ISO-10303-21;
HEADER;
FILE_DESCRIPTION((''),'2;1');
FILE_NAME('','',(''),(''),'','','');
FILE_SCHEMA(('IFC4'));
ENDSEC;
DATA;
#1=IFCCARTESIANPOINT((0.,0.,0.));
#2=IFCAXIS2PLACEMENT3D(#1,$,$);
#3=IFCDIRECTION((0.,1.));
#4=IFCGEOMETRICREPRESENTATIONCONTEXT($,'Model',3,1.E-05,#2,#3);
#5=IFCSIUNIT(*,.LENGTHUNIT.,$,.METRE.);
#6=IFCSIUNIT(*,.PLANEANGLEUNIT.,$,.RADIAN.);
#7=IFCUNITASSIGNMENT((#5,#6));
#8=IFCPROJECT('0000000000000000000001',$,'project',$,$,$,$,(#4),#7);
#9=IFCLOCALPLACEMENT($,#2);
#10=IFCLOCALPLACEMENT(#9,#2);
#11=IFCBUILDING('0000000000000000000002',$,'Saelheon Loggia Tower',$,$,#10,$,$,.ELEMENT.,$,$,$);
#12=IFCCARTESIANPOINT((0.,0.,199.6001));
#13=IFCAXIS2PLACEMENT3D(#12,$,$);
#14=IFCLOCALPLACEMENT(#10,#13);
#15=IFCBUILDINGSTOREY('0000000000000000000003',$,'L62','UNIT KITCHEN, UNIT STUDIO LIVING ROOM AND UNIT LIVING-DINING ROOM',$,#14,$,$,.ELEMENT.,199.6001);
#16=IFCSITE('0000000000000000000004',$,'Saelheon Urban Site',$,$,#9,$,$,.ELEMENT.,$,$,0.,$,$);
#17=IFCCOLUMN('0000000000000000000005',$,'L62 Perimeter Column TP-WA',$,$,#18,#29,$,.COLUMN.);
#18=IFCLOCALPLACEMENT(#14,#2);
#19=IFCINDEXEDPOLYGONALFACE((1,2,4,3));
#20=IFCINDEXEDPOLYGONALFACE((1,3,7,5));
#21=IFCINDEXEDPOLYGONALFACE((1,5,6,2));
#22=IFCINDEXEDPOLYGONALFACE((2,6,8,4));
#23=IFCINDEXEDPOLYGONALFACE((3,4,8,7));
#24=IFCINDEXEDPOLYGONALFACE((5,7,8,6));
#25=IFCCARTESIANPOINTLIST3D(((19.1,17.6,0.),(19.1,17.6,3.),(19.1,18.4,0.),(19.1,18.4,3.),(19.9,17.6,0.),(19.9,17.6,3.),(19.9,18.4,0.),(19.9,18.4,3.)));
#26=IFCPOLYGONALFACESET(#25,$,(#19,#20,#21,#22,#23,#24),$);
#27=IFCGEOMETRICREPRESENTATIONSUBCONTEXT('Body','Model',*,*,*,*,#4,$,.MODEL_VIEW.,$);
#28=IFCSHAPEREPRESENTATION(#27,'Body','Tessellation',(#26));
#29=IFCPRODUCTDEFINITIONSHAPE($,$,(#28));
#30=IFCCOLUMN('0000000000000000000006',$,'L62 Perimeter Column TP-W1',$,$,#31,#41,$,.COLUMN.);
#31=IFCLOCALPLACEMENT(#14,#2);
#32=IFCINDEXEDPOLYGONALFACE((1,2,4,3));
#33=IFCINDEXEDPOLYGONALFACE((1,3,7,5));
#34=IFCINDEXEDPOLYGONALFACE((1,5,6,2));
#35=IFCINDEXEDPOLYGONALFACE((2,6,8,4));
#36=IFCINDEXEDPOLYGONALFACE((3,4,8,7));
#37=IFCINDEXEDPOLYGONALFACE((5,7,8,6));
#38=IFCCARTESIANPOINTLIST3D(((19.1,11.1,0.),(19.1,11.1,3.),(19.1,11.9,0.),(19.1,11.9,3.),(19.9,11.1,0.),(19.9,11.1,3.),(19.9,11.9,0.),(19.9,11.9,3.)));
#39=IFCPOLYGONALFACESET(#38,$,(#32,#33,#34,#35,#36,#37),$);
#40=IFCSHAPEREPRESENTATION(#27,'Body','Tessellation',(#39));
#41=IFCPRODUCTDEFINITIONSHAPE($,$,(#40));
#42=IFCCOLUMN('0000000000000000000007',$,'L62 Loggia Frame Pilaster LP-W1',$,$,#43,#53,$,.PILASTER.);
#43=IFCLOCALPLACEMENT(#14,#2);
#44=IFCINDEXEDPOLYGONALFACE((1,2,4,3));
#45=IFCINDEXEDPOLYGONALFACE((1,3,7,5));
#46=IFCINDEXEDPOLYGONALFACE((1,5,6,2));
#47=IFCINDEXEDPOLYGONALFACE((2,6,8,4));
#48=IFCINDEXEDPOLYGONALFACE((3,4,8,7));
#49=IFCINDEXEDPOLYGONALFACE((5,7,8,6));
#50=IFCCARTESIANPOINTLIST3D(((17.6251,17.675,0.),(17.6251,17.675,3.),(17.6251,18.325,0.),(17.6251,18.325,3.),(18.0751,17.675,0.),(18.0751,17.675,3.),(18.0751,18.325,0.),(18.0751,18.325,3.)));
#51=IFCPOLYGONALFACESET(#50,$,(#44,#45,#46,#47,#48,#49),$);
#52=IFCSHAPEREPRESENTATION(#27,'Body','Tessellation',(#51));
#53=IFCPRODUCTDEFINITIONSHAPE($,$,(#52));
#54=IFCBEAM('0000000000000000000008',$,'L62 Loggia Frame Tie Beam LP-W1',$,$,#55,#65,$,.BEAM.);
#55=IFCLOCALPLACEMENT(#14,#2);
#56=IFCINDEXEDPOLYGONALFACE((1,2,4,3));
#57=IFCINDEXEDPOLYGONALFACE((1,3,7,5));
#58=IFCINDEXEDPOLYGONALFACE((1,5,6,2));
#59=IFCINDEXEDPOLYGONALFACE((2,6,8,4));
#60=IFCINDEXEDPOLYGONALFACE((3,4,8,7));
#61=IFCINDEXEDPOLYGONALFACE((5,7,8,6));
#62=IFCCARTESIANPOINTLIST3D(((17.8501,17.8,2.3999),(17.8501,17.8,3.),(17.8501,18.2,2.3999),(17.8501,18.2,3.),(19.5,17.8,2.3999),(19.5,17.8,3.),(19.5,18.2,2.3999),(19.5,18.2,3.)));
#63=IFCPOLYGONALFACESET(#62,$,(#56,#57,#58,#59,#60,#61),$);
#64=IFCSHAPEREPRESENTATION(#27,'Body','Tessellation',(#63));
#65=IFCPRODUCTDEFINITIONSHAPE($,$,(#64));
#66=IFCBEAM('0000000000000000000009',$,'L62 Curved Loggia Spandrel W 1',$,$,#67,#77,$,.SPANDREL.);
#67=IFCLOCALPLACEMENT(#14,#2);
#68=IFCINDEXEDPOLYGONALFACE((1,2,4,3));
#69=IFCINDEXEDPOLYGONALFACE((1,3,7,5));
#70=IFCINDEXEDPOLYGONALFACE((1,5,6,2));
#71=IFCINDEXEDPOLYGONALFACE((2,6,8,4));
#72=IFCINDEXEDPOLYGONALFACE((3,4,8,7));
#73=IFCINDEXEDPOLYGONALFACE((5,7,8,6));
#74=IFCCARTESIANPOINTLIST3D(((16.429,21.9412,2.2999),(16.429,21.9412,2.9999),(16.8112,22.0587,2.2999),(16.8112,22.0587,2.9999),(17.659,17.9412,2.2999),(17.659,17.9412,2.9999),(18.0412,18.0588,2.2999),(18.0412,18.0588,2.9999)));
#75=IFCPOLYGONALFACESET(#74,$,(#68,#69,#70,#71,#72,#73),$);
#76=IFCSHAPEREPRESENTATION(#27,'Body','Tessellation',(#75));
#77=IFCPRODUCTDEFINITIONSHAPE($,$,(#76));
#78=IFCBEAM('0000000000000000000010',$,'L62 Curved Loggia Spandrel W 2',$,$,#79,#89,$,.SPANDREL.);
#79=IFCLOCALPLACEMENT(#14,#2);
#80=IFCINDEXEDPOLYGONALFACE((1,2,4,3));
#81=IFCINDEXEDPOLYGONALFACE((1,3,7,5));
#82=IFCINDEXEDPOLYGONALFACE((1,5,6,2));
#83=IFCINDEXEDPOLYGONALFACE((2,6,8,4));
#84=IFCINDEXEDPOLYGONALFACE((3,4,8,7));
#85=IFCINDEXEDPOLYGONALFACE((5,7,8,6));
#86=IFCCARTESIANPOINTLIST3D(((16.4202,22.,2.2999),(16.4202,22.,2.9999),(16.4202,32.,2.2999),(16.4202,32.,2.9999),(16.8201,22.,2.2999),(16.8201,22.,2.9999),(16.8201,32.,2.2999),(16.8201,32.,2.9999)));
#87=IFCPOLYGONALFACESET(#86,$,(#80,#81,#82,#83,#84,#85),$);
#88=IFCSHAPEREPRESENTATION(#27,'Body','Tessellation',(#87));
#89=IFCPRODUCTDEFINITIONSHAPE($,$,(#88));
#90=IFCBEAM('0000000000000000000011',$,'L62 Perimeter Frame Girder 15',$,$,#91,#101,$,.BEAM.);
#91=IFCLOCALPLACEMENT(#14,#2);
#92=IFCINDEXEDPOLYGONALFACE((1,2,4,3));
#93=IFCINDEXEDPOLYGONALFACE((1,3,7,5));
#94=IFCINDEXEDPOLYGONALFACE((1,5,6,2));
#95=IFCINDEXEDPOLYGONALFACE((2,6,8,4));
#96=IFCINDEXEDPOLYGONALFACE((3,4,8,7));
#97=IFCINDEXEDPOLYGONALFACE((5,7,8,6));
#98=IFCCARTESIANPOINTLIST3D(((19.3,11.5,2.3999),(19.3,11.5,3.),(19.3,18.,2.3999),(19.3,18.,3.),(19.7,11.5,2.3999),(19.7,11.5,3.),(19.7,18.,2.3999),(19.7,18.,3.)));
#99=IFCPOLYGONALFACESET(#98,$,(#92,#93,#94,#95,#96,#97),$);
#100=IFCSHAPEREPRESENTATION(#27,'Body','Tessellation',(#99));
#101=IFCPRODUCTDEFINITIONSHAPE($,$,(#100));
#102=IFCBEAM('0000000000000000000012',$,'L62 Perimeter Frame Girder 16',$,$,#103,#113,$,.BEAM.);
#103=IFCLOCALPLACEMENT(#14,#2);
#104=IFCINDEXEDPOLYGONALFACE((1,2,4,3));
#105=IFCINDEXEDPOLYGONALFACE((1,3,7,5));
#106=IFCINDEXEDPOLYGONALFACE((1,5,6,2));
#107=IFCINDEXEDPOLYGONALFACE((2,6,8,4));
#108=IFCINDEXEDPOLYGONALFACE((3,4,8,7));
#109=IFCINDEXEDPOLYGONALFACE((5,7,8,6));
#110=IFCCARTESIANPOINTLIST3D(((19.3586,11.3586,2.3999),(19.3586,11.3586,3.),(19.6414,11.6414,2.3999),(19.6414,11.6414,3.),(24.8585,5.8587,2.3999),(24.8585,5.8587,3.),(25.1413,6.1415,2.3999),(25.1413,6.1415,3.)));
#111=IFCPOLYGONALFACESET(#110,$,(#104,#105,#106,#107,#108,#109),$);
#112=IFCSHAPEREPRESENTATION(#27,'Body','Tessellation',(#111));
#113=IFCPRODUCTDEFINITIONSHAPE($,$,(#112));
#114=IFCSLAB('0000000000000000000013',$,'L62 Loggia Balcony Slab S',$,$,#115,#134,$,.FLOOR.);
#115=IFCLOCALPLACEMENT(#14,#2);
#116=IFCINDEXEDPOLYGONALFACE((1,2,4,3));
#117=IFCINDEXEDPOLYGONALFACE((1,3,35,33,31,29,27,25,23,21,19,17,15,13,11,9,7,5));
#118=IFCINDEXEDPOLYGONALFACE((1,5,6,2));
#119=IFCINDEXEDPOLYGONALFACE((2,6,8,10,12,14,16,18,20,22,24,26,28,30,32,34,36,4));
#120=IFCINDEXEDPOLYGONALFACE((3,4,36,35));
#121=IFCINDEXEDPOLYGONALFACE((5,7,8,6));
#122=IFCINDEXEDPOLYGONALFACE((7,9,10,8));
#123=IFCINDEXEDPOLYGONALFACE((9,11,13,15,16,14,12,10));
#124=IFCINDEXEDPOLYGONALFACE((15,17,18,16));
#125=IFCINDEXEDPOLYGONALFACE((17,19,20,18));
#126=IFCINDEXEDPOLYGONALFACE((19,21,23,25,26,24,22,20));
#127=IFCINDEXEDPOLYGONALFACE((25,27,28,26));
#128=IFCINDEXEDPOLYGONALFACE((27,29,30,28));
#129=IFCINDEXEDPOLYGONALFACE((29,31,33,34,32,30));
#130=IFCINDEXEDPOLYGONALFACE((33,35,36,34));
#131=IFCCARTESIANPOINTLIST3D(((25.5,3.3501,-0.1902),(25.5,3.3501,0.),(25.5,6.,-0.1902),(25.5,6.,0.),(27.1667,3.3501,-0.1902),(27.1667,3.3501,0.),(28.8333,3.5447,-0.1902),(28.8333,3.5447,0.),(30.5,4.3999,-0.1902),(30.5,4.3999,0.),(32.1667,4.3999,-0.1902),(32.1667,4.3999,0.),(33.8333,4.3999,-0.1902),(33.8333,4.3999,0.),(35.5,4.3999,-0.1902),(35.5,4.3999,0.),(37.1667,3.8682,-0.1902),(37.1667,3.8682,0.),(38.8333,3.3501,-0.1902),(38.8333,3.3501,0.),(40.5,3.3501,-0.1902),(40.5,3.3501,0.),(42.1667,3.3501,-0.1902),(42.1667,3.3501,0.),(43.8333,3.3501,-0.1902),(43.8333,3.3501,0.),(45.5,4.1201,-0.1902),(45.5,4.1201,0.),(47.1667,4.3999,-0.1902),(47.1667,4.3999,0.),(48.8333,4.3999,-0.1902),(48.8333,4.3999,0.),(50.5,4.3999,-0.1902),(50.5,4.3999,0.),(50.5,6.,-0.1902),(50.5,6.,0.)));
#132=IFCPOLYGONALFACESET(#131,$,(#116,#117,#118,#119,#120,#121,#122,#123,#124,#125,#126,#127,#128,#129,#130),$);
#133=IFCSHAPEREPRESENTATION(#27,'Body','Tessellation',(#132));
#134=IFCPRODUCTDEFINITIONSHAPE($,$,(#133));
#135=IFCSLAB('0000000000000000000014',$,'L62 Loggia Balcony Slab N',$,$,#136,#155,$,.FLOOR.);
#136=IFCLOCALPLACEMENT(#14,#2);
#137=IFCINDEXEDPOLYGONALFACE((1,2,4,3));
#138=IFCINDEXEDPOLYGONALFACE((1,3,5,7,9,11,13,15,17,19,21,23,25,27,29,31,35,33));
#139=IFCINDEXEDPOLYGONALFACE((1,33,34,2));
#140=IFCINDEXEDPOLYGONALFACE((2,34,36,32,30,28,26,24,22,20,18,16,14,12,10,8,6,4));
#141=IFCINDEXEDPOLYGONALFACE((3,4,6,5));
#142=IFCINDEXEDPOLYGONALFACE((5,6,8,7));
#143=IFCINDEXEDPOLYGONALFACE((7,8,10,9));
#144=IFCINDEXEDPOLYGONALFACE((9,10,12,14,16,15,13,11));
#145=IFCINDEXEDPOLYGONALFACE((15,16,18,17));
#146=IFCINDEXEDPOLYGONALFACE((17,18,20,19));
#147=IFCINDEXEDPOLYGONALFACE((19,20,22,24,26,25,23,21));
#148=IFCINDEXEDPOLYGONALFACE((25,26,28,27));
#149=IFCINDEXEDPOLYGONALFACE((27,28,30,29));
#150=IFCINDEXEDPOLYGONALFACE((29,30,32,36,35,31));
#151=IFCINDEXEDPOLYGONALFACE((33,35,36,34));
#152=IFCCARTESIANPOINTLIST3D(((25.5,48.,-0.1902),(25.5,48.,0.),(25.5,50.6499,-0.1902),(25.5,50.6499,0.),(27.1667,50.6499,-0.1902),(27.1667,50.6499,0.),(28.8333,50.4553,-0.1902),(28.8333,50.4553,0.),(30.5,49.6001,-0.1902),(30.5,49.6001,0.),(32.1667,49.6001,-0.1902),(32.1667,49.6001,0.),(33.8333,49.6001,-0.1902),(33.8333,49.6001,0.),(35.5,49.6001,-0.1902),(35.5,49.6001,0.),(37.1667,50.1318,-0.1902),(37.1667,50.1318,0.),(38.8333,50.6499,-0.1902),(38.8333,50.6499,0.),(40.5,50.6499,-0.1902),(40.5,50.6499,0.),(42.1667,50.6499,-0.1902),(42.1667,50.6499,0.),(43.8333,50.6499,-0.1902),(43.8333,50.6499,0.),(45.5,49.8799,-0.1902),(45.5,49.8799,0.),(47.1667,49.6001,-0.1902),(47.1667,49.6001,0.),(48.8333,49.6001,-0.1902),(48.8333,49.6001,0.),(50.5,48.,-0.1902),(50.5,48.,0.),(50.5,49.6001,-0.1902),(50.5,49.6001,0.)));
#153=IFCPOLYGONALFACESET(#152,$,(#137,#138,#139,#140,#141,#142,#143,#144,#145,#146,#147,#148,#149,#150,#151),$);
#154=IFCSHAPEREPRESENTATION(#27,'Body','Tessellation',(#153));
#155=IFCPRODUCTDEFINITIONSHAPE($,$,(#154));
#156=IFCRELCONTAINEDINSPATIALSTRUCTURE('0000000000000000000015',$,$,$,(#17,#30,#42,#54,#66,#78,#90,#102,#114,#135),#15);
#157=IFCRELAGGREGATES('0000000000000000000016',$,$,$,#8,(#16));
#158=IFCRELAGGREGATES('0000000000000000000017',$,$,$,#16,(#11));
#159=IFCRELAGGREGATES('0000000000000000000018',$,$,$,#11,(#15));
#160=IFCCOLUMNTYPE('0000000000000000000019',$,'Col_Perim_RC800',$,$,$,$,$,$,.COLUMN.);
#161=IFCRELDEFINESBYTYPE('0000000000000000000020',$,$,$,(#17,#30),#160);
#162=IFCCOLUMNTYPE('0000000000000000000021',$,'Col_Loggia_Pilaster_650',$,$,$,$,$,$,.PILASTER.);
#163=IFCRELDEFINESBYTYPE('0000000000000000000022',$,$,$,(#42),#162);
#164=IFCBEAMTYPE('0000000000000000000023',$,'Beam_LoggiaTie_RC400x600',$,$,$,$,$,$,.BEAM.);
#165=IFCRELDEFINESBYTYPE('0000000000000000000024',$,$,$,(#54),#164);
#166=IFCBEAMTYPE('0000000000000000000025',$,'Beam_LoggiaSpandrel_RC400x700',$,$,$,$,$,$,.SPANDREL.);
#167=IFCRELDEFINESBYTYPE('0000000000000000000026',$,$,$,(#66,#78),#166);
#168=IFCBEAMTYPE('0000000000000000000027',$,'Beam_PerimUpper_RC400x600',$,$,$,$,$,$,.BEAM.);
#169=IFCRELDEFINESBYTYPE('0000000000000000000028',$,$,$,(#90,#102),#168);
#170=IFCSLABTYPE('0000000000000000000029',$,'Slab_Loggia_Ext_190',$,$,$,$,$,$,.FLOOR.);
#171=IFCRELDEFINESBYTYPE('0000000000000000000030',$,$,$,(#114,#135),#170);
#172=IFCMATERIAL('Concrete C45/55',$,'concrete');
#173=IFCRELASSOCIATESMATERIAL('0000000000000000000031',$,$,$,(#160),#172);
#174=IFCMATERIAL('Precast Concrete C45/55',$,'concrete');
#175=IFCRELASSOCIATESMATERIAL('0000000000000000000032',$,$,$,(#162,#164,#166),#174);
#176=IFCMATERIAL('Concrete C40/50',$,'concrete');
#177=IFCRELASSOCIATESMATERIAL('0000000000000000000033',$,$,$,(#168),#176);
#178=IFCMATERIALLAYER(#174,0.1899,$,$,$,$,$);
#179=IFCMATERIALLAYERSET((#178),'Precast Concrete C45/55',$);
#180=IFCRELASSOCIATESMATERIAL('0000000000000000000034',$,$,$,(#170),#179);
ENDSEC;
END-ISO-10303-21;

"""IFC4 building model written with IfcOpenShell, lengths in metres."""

from ifc_helpers import new_model, si_unit, direction, frame, origin, origin_2d, place, context, subcontext, project, spatial, polyline, rectangle, outline, extrude, source, transform, mapped, material, layer, layer_set, material_profile, profile_set, type_object, element, save


model = new_model("IFC4")

# Units and contexts
model_context = context("Model", 3, precision=1e-05, world=origin(), true_north=direction((0.0, 1.0)))
body_context = subcontext(model_context, "Body", "Model", "MODEL_VIEW")
ifc_project = project(units=[si_unit("LENGTHUNIT", "METRE"), si_unit("PLANEANGLEUNIT", "RADIAN")], contexts=[model_context])

# Site, building, storey
site_placement = place(None, origin())
site = spatial("IfcSite", under=ifc_project, at=site_placement, Name="Saelheon Urban Site", CompositionType="ELEMENT", RefElevation=0.0)
building_placement = place(site_placement, origin())
building = spatial("IfcBuilding", under=site, at=building_placement, Name="Saelheon Loggia Tower", CompositionType="ELEMENT")
storey_placement = place(building_placement, frame((0.0, 0.0, 199.6001)))
storey = spatial("IfcBuildingStorey", under=building, at=storey_placement, Name="L62", Description="UNIT KITCHEN, UNIT STUDIO LIVING ROOM AND UNIT LIVING-DINING ROOM", CompositionType="ELEMENT", Elevation=199.6001)

# Columns
ifc_material_1 = material(Name="Concrete C45/55", Category="concrete")
ifc_material_profile_1 = material_profile(ifc_material_1, rectangle(XDim=0.8, YDim=0.8, at=origin_2d()), Name="RC-800x800")
ifc_profile_set_1 = profile_set([ifc_material_profile_1], Name="Concrete C45/55")
column_type_1 = type_object("IfcColumnType", Name="Col_Perim_RC800", PredefinedType="COLUMN", material=ifc_profile_set_1)
shared_shape_1 = source(origin(), body_context, "Body", "SweptSolid", [
    extrude(rectangle(XDim=0.8, YDim=0.8, at=origin_2d()), origin(), (0.0, 0.0, 1.0), 3.0),
])
for number, where, z_axis, x_axis, name in (
    (1, (19.5, 18.0, 0.0), (0.0, 0.0, 1.0), (1.0, 0.0, 0.0), "L62 Perimeter Column TP-WA"),
    (2, (19.5, 11.5, 0.0), (0.0, 0.0, 1.0), (1.0, 0.0, 0.0), "L62 Perimeter Column TP-W1"),
):
    element("IfcColumn", number, at=place(storey_placement, frame(where, z_axis=z_axis, x_axis=x_axis)), inside=storey, type_object=column_type_1, Name=name, PredefinedType="COLUMN", context=body_context, shape_type="MappedRepresentation", body=[
        mapped(shared_shape_1, transform((0.0, 0.0, 0.0), scale=1.0)),
    ])
ifc_material_2 = material(Name="Precast Concrete C45/55", Category="concrete")
ifc_material_profile_2 = material_profile(ifc_material_2, rectangle(XDim=0.45, YDim=0.6499, at=origin_2d()), Name="RC-450x650")
ifc_profile_set_2 = profile_set([ifc_material_profile_2], Name="Precast Concrete C45/55")
column_type_2 = type_object("IfcColumnType", Name="Col_Loggia_Pilaster_650", PredefinedType="PILASTER", material=ifc_profile_set_2)
shared_shape_2 = source(origin(), body_context, "Body", "SweptSolid", [
    extrude(rectangle(XDim=0.45, YDim=0.6499, at=origin_2d()), origin(), (0.0, 0.0, 1.0), 3.0),
])
column_placement = place(storey_placement, frame((17.8501, 18.0, 0.0), z_axis=(0.0, 0.0, 1.0), x_axis=(1.0, 0.0, 0.0)))
element("IfcColumn", 3, at=column_placement, inside=storey, type_object=column_type_2, Name="L62 Loggia Frame Pilaster LP-W1", PredefinedType="PILASTER", context=body_context, shape_type="MappedRepresentation", body=[
    mapped(shared_shape_2, transform((0.0, 0.0, 0.0), scale=1.0)),
])

# Beams
ifc_material_profile_3 = material_profile(ifc_material_2, rectangle(XDim=0.3999, YDim=0.6001, at=origin_2d()), Name="RC-400x600")
ifc_profile_set_3 = profile_set([ifc_material_profile_3], Name="Precast Concrete C45/55")
beam_type_1 = type_object("IfcBeamType", Name="Beam_LoggiaTie_RC400x600", PredefinedType="BEAM", material=ifc_profile_set_3)
shared_shape_3 = source(origin(), body_context, "Body", "SweptSolid", [
    extrude(rectangle(XDim=0.3999, YDim=0.6001, at=origin_2d()), origin(), (0.0, 0.0, 1.0), 1.6499),
])
beam_1_placement = place(storey_placement, frame((19.5, 18.0, 2.7), z_axis=(-1.0, 0.0, 0.0), x_axis=(0.0, -1.0, 0.0)))
element("IfcBeam", 4, at=beam_1_placement, inside=storey, type_object=beam_type_1, Name="L62 Loggia Frame Tie Beam LP-W1", PredefinedType="BEAM", context=body_context, shape_type="MappedRepresentation", body=[
    mapped(shared_shape_3, transform((0.0, 0.0, 0.0), scale=1.0)),
])
ifc_material_profile_4 = material_profile(ifc_material_2, rectangle(XDim=0.3999, YDim=0.7, at=origin_2d()), Name="RC-400x700")
ifc_profile_set_4 = profile_set([ifc_material_profile_4], Name="Precast Concrete C45/55")
beam_type_2 = type_object("IfcBeamType", Name="Beam_LoggiaSpandrel_RC400x700", PredefinedType="SPANDREL", material=ifc_profile_set_4)
shared_shape_4 = source(origin(), body_context, "Body", "SweptSolid", [
    extrude(rectangle(XDim=0.3999, YDim=0.7, at=origin_2d()), origin(), (0.0, 0.0, 1.0), 4.1848),
])
beam_2_placement = place(storey_placement, frame((17.8501, 18.0, 2.6499), z_axis=(-0.293914, 0.955832, 0.0), x_axis=(-0.955832, -0.293914, 0.0)))
element("IfcBeam", 5, at=beam_2_placement, inside=storey, type_object=beam_type_2, Name="L62 Curved Loggia Spandrel W 1", PredefinedType="SPANDREL", context=body_context, shape_type="MappedRepresentation", body=[
    mapped(shared_shape_4, transform((0.0, 0.0, 0.0), scale=1.0)),
])
shared_shape_5 = source(origin(), body_context, "Body", "SweptSolid", [
    extrude(rectangle(XDim=0.3999, YDim=0.7, at=origin_2d()), origin(), (0.0, 0.0, 1.0), 10.0),
])
beam_3_placement = place(storey_placement, frame((16.6201, 22.0, 2.6499), z_axis=(0.0, 1.0, 0.0), x_axis=(-1.0, 0.0, 0.0)))
element("IfcBeam", 6, at=beam_3_placement, inside=storey, type_object=beam_type_2, Name="L62 Curved Loggia Spandrel W 2", PredefinedType="SPANDREL", context=body_context, shape_type="MappedRepresentation", body=[
    mapped(shared_shape_5, transform((0.0, 0.0, 0.0), scale=1.0)),
])
ifc_material_3 = material(Name="Concrete C40/50", Category="concrete")
ifc_material_profile_5 = material_profile(ifc_material_3, rectangle(XDim=0.3999, YDim=0.6001, at=origin_2d()), Name="RC-400x600")
ifc_profile_set_5 = profile_set([ifc_material_profile_5], Name="Concrete C40/50")
beam_type_3 = type_object("IfcBeamType", Name="Beam_PerimUpper_RC400x600", PredefinedType="BEAM", material=ifc_profile_set_5)
shared_shape_6 = source(origin(), body_context, "Body", "SweptSolid", [
    extrude(rectangle(XDim=0.3999, YDim=0.6001, at=origin_2d()), origin(), (0.0, 0.0, 1.0), 6.5),
])
beam_4_placement = place(storey_placement, frame((19.5, 18.0, 2.7), z_axis=(0.0, -1.0, 0.0), x_axis=(1.0, 0.0, 0.0)))
element("IfcBeam", 7, at=beam_4_placement, inside=storey, type_object=beam_type_3, Name="L62 Perimeter Frame Girder 15", PredefinedType="BEAM", context=body_context, shape_type="MappedRepresentation", body=[
    mapped(shared_shape_6, transform((0.0, 0.0, 0.0), scale=1.0)),
])
shared_shape_7 = source(origin(), body_context, "Body", "SweptSolid", [
    extrude(rectangle(XDim=0.3999, YDim=0.6001, at=origin_2d()), origin(), (0.0, 0.0, 1.0), 7.7781),
])
beam_5_placement = place(storey_placement, frame((19.5, 11.5, 2.7), z_axis=(0.707107, -0.707107, 0.0), x_axis=(0.707107, 0.707107, 0.0)))
element("IfcBeam", 8, at=beam_5_placement, inside=storey, type_object=beam_type_3, Name="L62 Perimeter Frame Girder 16", PredefinedType="BEAM", context=body_context, shape_type="MappedRepresentation", body=[
    mapped(shared_shape_7, transform((0.0, 0.0, 0.0), scale=1.0)),
])

# Slabs
ifc_layer_1 = layer(ifc_material_2, 0.1899)
ifc_layer_set_1 = layer_set([ifc_layer_1], Name="Precast Concrete C45/55")
slab_type_1 = type_object("IfcSlabType", Name="Slab_Loggia_Ext_190", PredefinedType="FLOOR", material=ifc_layer_set_1)
slab_1_placement = place(storey_placement, frame((0.0, 0.0, -0.1902)))
element("IfcSlab", 9, at=slab_1_placement, inside=storey, type_object=slab_type_1, Name="L62 Loggia Balcony Slab S", PredefinedType="FLOOR", context=body_context, shape_type="SweptSolid", body=[
    extrude(outline(polyline([(25.5, 3.3501), (27.1667, 3.3501), (28.8333, 3.5447), (30.5, 4.3999), (32.1667, 4.3999), (33.8333, 4.3999), (35.5, 4.3999), (37.1667, 3.8682), (38.8333, 3.3501), (40.5, 3.3501), (42.1667, 3.3501), (43.8333, 3.3501), (45.5, 4.1201), (47.1667, 4.3999), (48.8333, 4.3999), (50.5, 4.3999), (50.5, 6.0), (25.5, 6.0), (25.5, 3.3501)])), origin(), (0.0, 0.0, 1.0), 0.1902),
])
slab_2_placement = place(storey_placement, frame((0.0, 0.0, -0.1902)))
element("IfcSlab", 10, at=slab_2_placement, inside=storey, type_object=slab_type_1, Name="L62 Loggia Balcony Slab N", PredefinedType="FLOOR", context=body_context, shape_type="SweptSolid", body=[
    extrude(outline(polyline([(25.5, 48.0), (50.5, 48.0), (50.5, 49.6001), (48.8333, 49.6001), (47.1667, 49.6001), (45.5, 49.8799), (43.8333, 50.6499), (42.1667, 50.6499), (40.5, 50.6499), (38.8333, 50.6499), (37.1667, 50.1318), (35.5, 49.6001), (33.8333, 49.6001), (32.1667, 49.6001), (30.5, 49.6001), (28.8333, 50.4553), (27.1667, 50.6499), (25.5, 50.6499), (25.5, 48.0)])), origin(), (0.0, 0.0, 1.0), 0.1902),
])

save(model, "model.ifc")
